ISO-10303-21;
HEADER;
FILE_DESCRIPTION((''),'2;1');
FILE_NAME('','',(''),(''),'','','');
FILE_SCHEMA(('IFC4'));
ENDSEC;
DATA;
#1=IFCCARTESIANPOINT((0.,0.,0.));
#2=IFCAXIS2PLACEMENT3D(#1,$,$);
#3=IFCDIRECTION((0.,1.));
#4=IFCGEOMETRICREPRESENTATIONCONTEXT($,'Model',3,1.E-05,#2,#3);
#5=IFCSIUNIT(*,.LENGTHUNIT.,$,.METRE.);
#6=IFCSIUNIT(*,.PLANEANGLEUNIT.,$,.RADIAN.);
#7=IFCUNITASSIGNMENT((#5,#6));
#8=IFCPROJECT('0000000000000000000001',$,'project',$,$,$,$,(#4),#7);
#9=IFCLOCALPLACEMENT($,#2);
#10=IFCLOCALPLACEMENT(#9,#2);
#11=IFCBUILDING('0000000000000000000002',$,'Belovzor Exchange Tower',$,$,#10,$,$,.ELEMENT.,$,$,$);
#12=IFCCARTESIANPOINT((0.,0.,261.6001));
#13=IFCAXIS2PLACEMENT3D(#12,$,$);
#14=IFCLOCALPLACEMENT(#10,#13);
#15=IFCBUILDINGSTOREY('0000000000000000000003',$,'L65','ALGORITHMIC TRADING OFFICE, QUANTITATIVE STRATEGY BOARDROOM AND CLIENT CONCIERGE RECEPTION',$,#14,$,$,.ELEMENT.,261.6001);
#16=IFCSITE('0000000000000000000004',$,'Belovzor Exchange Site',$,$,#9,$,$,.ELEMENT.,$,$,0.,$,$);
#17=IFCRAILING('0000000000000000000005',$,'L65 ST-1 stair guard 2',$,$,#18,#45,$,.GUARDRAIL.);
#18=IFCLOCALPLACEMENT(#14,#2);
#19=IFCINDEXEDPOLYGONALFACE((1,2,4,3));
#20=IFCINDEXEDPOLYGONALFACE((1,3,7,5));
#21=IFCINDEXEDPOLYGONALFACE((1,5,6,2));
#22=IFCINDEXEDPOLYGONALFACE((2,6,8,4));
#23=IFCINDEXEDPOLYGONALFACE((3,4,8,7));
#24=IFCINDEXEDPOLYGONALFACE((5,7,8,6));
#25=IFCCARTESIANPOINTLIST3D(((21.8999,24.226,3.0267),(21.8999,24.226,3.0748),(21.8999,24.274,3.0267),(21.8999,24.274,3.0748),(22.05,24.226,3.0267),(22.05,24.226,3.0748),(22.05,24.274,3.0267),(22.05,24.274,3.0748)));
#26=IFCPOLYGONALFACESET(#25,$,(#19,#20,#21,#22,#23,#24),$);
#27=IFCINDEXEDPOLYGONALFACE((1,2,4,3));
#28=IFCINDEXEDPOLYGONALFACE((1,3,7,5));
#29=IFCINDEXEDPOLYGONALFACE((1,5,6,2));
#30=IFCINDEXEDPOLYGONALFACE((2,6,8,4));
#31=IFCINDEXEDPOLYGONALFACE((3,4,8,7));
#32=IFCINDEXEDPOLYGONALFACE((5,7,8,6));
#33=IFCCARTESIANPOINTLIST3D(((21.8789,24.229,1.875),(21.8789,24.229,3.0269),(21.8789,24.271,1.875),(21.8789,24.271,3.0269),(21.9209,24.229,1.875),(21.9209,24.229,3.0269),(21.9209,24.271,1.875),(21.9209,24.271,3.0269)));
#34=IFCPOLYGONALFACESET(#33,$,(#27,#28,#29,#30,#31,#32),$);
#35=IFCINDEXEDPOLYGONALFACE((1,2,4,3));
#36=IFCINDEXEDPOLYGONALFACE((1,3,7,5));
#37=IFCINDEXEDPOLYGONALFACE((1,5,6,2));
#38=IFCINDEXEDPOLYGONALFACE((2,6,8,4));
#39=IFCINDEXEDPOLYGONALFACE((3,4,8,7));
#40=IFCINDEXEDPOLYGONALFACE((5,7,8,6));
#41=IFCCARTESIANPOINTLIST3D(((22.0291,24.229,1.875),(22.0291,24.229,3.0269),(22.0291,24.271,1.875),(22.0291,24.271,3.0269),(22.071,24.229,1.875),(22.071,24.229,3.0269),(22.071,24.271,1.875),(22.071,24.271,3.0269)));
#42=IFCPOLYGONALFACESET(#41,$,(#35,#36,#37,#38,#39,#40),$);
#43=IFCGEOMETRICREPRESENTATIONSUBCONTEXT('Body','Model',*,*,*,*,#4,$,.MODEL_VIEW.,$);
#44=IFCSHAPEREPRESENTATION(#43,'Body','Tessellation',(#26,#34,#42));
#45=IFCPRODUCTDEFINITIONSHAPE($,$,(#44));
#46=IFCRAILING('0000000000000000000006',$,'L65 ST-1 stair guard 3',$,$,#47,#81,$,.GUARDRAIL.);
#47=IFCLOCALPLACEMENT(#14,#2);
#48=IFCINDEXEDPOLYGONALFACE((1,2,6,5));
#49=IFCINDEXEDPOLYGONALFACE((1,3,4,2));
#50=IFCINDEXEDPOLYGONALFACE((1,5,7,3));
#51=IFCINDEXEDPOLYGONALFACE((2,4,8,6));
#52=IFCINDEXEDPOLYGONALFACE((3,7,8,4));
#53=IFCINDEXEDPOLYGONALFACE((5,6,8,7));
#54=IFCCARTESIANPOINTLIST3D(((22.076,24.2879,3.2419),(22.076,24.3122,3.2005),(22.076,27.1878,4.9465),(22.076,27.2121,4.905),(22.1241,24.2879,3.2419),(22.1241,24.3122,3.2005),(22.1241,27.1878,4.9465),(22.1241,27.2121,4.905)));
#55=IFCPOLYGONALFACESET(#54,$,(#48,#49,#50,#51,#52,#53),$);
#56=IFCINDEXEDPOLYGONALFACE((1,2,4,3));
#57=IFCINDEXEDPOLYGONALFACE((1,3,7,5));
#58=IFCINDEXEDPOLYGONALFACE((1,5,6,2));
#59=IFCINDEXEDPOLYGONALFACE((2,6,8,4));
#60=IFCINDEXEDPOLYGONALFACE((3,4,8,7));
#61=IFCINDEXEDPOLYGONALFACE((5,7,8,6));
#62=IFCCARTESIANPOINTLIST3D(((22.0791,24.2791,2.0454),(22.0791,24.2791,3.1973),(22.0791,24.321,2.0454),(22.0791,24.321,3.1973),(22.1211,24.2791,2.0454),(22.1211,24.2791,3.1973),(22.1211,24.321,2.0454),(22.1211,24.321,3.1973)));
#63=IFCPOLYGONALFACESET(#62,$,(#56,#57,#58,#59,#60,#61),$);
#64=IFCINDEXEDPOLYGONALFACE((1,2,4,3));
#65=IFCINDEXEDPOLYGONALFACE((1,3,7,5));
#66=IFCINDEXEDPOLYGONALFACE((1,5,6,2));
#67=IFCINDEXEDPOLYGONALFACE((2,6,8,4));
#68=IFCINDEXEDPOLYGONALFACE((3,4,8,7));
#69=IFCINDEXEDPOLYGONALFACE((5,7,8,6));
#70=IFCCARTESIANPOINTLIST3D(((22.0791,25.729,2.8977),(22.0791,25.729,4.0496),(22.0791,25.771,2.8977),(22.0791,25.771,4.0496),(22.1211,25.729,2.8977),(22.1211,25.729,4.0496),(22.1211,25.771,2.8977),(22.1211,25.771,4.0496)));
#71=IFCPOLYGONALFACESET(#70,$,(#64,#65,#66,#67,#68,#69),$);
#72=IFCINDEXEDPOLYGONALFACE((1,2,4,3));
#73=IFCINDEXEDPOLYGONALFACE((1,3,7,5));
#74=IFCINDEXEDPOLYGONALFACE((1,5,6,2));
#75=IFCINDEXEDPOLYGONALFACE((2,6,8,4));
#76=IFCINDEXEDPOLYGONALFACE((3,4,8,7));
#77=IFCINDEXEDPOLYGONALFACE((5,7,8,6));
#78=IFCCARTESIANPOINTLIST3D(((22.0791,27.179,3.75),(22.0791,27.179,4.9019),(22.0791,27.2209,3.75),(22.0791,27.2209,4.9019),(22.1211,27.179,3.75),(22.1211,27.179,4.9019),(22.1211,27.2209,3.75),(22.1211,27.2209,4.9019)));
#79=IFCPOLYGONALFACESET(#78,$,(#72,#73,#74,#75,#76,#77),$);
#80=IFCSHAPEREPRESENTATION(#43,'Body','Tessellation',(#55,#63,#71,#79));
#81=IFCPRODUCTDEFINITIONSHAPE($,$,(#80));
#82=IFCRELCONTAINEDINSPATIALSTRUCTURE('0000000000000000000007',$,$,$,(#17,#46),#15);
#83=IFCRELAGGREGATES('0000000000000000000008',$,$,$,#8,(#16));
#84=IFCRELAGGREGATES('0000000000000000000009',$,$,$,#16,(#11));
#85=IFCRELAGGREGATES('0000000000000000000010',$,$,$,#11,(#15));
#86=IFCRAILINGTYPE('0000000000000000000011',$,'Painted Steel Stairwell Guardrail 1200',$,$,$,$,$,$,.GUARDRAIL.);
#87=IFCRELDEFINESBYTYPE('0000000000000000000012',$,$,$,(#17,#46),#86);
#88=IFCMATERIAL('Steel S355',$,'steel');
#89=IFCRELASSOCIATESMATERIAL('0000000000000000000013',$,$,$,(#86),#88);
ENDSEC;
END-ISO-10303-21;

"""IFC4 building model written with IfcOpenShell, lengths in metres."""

from ifc_helpers import new_model, si_unit, direction, frame, origin, origin_2d, place, context, subcontext, project, spatial, rectangle, extrude, material, type_object, element, save


model = new_model("IFC4")

# Units and contexts
model_context = context("Model", 3, precision=1e-05, world=origin(), true_north=direction((0.0, 1.0)))
body_context = subcontext(model_context, "Body", "Model", "MODEL_VIEW")
ifc_project = project(units=[si_unit("LENGTHUNIT", "METRE"), si_unit("PLANEANGLEUNIT", "RADIAN")], contexts=[model_context])

# Site, building, storey
site_placement = place(None, origin())
site = spatial("IfcSite", under=ifc_project, at=site_placement, Name="Belovzor Exchange Site", CompositionType="ELEMENT", RefElevation=0.0)
building_placement = place(site_placement, origin())
building = spatial("IfcBuilding", under=site, at=building_placement, Name="Belovzor Exchange Tower", CompositionType="ELEMENT")
storey_placement = place(building_placement, frame((0.0, 0.0, 261.6001)))
storey = spatial("IfcBuildingStorey", under=building, at=storey_placement, Name="L65", Description="ALGORITHMIC TRADING OFFICE, QUANTITATIVE STRATEGY BOARDROOM AND CLIENT CONCIERGE RECEPTION", CompositionType="ELEMENT", Elevation=261.6001)

# Railings
ifc_material_1 = material(Name="Steel S355", Category="steel")
railing_type_1 = type_object("IfcRailingType", Name="Painted Steel Stairwell Guardrail 1200", PredefinedType="GUARDRAIL", material=ifc_material_1)
railing_1_placement = place(storey_placement, frame((21.8999, 24.25, 1.875)))
element("IfcRailing", 1, at=railing_1_placement, inside=storey, type_object=railing_type_1, Name="L65 ST-1 stair guard 2", PredefinedType="GUARDRAIL", context=body_context, shape_type="SweptSolid", body=[
    extrude(rectangle(XDim=0.0481, YDim=0.0481, at=origin_2d()), frame((0.0, 0.0, 1.1758), z_axis=(1.0, 0.0, 0.0), x_axis=(0.0, 1.0, 0.0)), (0.0, 0.0, 1.0), 0.1501),
    extrude(rectangle(XDim=0.042, YDim=0.042, at=origin_2d()), origin(), (0.0, 0.0, 1.0), 1.1519),
    extrude(rectangle(XDim=0.042, YDim=0.042, at=origin_2d()), frame((0.1501, 0.0, 0.0)), (0.0, 0.0, 1.0), 1.1519),
])
railing_2_placement = place(storey_placement, frame((22.1001, 24.3, 2.0454)))
element("IfcRailing", 2, at=railing_2_placement, inside=storey, type_object=railing_type_1, Name="L65 ST-1 stair guard 3", PredefinedType="GUARDRAIL", context=body_context, shape_type="SweptSolid", body=[
    extrude(rectangle(XDim=0.0481, YDim=0.0481, at=origin_2d()), frame((0.0, 0.0, 1.1758), z_axis=(0.0, 0.862095, 0.506747), x_axis=(-1.0, 0.0, 0.0)), (0.0, 0.0, 1.0), 3.3638),
    extrude(rectangle(XDim=0.042, YDim=0.042, at=origin_2d()), origin(), (0.0, 0.0, 1.0), 1.1519),
    extrude(rectangle(XDim=0.042, YDim=0.042, at=origin_2d()), frame((0.0, 1.45, 0.8523)), (0.0, 0.0, 1.0), 1.1519),
    extrude(rectangle(XDim=0.042, YDim=0.042, at=origin_2d()), frame((0.0, 2.8999, 1.7046)), (0.0, 0.0, 1.0), 1.1519),
])

save(model, "model.ifc")
